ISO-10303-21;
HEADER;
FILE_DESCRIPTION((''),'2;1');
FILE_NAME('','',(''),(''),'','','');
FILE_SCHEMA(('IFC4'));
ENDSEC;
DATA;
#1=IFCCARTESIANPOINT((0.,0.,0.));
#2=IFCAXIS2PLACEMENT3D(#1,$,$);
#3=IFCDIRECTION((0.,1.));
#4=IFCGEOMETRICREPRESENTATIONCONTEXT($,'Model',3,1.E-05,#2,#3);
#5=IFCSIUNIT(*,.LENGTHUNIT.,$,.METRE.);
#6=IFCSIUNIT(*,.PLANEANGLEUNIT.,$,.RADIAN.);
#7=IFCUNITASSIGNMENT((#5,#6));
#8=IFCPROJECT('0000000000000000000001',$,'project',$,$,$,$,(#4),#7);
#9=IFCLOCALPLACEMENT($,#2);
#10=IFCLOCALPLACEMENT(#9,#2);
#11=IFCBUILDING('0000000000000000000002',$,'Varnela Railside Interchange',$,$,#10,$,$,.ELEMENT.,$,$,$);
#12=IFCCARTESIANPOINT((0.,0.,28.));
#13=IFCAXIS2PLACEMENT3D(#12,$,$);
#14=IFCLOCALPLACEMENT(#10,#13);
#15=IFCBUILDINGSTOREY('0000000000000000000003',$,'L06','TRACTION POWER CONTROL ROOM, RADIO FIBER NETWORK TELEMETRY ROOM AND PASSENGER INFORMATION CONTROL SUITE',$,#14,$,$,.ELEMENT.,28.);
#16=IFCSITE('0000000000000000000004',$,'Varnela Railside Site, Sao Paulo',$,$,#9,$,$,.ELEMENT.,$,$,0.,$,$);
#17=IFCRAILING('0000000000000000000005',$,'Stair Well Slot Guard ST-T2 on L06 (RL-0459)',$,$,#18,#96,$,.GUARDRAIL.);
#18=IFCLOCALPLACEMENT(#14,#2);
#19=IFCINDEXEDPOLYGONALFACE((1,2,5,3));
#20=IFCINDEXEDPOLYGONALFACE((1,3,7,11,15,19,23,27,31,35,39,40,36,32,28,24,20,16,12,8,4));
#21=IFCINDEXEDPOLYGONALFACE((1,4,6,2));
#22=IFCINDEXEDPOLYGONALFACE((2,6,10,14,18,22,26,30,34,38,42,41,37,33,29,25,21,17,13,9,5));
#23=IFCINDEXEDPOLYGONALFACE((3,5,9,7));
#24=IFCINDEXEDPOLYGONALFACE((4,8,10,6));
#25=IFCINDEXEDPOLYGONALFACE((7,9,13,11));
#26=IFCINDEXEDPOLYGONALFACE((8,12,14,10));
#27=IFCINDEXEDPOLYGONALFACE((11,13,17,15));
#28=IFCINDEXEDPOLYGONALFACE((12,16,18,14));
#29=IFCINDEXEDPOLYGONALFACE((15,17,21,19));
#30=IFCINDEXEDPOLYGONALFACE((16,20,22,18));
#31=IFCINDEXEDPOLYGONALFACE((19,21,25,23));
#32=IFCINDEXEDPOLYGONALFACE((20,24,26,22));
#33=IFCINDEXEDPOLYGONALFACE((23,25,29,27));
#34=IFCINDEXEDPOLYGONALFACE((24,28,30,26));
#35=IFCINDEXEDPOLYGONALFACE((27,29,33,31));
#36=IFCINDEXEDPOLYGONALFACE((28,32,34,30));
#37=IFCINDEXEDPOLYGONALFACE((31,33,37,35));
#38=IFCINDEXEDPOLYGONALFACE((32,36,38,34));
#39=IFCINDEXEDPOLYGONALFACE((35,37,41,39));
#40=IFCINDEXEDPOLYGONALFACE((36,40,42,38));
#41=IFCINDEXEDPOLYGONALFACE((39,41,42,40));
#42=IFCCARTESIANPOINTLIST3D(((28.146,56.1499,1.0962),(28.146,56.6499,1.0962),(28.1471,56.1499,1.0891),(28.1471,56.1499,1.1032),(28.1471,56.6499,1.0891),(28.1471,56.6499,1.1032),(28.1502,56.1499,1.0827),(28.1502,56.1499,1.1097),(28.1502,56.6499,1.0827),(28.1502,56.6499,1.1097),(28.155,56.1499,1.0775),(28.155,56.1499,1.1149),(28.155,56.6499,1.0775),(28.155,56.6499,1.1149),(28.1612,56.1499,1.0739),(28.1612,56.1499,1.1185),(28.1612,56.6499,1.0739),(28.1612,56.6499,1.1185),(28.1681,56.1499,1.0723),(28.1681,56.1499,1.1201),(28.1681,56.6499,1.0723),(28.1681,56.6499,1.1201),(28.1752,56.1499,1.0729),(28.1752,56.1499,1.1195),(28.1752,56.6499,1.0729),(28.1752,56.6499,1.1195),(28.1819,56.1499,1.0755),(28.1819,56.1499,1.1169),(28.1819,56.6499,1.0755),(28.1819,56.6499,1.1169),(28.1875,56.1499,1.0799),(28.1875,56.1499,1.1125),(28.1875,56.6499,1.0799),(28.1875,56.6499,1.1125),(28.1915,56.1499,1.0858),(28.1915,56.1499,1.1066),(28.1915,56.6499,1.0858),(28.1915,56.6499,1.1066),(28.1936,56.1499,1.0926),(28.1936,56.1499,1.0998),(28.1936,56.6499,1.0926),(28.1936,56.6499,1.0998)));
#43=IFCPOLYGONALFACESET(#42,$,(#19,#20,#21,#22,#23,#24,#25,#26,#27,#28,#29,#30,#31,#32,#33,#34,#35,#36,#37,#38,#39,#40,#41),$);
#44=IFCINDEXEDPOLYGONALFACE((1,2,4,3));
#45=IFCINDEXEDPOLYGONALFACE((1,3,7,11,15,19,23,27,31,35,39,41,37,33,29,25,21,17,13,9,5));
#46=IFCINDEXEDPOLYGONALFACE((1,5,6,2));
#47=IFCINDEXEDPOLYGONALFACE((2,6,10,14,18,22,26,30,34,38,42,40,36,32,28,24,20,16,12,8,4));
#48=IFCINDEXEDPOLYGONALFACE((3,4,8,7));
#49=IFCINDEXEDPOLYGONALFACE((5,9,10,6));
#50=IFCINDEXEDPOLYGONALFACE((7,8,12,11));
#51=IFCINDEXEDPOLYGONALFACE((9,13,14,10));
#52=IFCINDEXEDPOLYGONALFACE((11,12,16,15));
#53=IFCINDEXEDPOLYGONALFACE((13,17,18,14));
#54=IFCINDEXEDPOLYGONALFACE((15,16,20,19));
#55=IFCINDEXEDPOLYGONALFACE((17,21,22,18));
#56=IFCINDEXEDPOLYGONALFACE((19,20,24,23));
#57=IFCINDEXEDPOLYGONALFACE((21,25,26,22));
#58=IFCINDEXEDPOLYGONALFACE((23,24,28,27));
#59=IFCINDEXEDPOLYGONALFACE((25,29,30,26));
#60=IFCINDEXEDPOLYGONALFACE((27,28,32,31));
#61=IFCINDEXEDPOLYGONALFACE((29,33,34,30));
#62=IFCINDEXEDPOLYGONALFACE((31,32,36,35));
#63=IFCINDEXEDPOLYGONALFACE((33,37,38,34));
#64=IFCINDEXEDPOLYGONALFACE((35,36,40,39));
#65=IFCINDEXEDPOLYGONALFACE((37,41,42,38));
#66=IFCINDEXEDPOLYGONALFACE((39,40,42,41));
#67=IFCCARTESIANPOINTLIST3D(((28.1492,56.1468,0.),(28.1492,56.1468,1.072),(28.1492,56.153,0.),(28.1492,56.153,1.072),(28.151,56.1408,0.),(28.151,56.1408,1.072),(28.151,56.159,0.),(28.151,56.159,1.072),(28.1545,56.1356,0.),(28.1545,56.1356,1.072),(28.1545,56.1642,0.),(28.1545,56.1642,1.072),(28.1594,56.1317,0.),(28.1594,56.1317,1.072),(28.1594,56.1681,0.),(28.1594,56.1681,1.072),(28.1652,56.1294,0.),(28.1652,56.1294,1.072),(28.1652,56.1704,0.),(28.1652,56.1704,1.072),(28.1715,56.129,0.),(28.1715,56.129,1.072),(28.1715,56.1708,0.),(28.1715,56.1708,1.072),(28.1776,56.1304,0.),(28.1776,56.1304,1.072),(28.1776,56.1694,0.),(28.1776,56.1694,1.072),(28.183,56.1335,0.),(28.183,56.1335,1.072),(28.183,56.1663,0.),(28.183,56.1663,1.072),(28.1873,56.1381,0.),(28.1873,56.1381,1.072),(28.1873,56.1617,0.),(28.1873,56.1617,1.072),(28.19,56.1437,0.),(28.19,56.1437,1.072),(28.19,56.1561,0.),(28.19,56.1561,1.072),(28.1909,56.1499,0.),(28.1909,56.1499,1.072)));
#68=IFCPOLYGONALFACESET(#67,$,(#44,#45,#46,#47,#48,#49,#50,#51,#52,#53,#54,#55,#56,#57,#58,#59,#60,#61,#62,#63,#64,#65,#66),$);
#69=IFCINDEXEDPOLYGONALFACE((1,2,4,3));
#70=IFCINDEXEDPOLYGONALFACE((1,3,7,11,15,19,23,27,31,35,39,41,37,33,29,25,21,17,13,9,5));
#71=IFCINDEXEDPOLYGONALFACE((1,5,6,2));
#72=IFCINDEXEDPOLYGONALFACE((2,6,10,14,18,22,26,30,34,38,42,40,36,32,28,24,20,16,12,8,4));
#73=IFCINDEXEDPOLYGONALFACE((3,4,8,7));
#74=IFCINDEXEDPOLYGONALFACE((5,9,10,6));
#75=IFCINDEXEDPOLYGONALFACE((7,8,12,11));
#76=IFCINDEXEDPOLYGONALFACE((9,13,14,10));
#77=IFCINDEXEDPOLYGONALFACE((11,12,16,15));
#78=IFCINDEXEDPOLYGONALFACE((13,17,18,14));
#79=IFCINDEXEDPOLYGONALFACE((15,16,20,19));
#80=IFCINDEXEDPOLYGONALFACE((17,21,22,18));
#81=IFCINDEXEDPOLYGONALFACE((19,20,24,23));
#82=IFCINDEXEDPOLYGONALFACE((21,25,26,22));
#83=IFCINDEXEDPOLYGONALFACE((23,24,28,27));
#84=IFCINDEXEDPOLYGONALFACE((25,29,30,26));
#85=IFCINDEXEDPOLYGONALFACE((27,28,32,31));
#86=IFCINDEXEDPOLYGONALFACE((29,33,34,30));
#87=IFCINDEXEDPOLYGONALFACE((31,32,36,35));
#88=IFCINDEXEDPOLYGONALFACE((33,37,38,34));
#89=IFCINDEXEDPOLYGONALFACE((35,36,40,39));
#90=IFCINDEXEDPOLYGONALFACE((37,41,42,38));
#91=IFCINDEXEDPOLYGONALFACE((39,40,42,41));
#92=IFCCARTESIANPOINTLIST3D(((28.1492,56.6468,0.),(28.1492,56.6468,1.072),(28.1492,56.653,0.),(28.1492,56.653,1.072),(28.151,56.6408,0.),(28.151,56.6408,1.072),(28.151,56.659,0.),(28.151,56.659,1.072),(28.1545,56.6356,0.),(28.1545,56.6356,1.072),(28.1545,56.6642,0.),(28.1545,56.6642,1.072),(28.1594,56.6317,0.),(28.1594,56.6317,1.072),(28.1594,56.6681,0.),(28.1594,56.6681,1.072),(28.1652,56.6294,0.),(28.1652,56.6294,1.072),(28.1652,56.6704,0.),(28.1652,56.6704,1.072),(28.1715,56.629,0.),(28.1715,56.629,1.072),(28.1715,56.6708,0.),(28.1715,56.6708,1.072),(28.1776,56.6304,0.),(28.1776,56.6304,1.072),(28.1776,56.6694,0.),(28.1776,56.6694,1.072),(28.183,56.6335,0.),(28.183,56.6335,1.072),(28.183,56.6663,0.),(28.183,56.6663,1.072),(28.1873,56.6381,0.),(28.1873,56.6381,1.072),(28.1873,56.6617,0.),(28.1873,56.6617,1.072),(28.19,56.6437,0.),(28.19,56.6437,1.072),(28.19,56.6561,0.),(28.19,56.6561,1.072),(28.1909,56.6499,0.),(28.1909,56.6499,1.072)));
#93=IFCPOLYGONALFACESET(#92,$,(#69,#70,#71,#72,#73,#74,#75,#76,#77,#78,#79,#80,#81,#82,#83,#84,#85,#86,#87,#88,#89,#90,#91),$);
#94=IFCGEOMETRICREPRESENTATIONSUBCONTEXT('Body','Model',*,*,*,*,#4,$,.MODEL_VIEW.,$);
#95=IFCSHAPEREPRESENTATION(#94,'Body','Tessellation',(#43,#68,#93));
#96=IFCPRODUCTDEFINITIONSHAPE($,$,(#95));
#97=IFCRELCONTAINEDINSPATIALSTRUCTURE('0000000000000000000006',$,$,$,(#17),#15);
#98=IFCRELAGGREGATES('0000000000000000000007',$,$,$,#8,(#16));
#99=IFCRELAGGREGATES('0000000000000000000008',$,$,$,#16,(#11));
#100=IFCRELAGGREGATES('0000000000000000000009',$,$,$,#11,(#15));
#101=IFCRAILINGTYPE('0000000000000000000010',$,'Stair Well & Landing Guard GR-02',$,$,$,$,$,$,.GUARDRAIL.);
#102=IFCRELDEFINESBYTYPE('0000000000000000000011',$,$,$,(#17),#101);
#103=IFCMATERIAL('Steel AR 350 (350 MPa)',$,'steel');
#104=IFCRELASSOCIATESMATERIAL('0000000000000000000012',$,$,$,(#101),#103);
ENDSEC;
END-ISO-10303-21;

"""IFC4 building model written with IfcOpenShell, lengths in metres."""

from ifc_helpers import new_model, si_unit, direction, frame, origin, origin_2d, place, context, subcontext, project, spatial, circle, extrude, material, type_object, element, save


model = new_model("IFC4")

# Units and contexts
model_context = context("Model", 3, precision=1e-05, world=origin(), true_north=direction((0.0, 1.0)))
body_context = subcontext(model_context, "Body", "Model", "MODEL_VIEW")
ifc_project = project(units=[si_unit("LENGTHUNIT", "METRE"), si_unit("PLANEANGLEUNIT", "RADIAN")], contexts=[model_context])

# Site, building, storey
site_placement = place(None, origin())
site = spatial("IfcSite", under=ifc_project, at=site_placement, Name="Varnela Railside Site, Sao Paulo", CompositionType="ELEMENT", RefElevation=0.0)
building_placement = place(site_placement, origin())
building = spatial("IfcBuilding", under=site, at=building_placement, Name="Varnela Railside Interchange", CompositionType="ELEMENT")
storey_placement = place(building_placement, frame((0.0, 0.0, 28.0)))
storey = spatial("IfcBuildingStorey", under=building, at=storey_placement, Name="L06", Description="TRACTION POWER CONTROL ROOM, RADIO FIBER NETWORK TELEMETRY ROOM AND PASSENGER INFORMATION CONTROL SUITE", CompositionType="ELEMENT", Elevation=28.0)

# Shared definitions
ifc_material_1 = material(Name="Steel AR 350 (350 MPa)", Category="steel")

# Railing
railing_type_1 = type_object("IfcRailingType", Name="Stair Well & Landing Guard GR-02", PredefinedType="GUARDRAIL", material=ifc_material_1)
railing_1_placement = place(storey_placement, frame((28.1699, 56.1499, 0.0)))
element("IfcRailing", 1, at=railing_1_placement, inside=storey, type_object=railing_type_1, Name="Stair Well Slot Guard ST-T2 on L06 (RL-0459)", PredefinedType="GUARDRAIL", context=body_context, shape_type="SweptSolid", body=[
    extrude(circle(Radius=0.0239, at=origin_2d()), frame((0.0, 0.0, 1.0962), z_axis=(0.0, 1.0, 0.0), x_axis=(-1.0, 0.0, 0.0)), (0.0, 0.0, 1.0), 0.5),
    extrude(circle(Radius=0.021, at=origin_2d()), origin(), (0.0, 0.0, 1.0), 1.072),
    extrude(circle(Radius=0.021, at=origin_2d()), frame((0.0, 0.5, 0.0)), (0.0, 0.0, 1.0), 1.072),
])

save(model, "model.ifc")
